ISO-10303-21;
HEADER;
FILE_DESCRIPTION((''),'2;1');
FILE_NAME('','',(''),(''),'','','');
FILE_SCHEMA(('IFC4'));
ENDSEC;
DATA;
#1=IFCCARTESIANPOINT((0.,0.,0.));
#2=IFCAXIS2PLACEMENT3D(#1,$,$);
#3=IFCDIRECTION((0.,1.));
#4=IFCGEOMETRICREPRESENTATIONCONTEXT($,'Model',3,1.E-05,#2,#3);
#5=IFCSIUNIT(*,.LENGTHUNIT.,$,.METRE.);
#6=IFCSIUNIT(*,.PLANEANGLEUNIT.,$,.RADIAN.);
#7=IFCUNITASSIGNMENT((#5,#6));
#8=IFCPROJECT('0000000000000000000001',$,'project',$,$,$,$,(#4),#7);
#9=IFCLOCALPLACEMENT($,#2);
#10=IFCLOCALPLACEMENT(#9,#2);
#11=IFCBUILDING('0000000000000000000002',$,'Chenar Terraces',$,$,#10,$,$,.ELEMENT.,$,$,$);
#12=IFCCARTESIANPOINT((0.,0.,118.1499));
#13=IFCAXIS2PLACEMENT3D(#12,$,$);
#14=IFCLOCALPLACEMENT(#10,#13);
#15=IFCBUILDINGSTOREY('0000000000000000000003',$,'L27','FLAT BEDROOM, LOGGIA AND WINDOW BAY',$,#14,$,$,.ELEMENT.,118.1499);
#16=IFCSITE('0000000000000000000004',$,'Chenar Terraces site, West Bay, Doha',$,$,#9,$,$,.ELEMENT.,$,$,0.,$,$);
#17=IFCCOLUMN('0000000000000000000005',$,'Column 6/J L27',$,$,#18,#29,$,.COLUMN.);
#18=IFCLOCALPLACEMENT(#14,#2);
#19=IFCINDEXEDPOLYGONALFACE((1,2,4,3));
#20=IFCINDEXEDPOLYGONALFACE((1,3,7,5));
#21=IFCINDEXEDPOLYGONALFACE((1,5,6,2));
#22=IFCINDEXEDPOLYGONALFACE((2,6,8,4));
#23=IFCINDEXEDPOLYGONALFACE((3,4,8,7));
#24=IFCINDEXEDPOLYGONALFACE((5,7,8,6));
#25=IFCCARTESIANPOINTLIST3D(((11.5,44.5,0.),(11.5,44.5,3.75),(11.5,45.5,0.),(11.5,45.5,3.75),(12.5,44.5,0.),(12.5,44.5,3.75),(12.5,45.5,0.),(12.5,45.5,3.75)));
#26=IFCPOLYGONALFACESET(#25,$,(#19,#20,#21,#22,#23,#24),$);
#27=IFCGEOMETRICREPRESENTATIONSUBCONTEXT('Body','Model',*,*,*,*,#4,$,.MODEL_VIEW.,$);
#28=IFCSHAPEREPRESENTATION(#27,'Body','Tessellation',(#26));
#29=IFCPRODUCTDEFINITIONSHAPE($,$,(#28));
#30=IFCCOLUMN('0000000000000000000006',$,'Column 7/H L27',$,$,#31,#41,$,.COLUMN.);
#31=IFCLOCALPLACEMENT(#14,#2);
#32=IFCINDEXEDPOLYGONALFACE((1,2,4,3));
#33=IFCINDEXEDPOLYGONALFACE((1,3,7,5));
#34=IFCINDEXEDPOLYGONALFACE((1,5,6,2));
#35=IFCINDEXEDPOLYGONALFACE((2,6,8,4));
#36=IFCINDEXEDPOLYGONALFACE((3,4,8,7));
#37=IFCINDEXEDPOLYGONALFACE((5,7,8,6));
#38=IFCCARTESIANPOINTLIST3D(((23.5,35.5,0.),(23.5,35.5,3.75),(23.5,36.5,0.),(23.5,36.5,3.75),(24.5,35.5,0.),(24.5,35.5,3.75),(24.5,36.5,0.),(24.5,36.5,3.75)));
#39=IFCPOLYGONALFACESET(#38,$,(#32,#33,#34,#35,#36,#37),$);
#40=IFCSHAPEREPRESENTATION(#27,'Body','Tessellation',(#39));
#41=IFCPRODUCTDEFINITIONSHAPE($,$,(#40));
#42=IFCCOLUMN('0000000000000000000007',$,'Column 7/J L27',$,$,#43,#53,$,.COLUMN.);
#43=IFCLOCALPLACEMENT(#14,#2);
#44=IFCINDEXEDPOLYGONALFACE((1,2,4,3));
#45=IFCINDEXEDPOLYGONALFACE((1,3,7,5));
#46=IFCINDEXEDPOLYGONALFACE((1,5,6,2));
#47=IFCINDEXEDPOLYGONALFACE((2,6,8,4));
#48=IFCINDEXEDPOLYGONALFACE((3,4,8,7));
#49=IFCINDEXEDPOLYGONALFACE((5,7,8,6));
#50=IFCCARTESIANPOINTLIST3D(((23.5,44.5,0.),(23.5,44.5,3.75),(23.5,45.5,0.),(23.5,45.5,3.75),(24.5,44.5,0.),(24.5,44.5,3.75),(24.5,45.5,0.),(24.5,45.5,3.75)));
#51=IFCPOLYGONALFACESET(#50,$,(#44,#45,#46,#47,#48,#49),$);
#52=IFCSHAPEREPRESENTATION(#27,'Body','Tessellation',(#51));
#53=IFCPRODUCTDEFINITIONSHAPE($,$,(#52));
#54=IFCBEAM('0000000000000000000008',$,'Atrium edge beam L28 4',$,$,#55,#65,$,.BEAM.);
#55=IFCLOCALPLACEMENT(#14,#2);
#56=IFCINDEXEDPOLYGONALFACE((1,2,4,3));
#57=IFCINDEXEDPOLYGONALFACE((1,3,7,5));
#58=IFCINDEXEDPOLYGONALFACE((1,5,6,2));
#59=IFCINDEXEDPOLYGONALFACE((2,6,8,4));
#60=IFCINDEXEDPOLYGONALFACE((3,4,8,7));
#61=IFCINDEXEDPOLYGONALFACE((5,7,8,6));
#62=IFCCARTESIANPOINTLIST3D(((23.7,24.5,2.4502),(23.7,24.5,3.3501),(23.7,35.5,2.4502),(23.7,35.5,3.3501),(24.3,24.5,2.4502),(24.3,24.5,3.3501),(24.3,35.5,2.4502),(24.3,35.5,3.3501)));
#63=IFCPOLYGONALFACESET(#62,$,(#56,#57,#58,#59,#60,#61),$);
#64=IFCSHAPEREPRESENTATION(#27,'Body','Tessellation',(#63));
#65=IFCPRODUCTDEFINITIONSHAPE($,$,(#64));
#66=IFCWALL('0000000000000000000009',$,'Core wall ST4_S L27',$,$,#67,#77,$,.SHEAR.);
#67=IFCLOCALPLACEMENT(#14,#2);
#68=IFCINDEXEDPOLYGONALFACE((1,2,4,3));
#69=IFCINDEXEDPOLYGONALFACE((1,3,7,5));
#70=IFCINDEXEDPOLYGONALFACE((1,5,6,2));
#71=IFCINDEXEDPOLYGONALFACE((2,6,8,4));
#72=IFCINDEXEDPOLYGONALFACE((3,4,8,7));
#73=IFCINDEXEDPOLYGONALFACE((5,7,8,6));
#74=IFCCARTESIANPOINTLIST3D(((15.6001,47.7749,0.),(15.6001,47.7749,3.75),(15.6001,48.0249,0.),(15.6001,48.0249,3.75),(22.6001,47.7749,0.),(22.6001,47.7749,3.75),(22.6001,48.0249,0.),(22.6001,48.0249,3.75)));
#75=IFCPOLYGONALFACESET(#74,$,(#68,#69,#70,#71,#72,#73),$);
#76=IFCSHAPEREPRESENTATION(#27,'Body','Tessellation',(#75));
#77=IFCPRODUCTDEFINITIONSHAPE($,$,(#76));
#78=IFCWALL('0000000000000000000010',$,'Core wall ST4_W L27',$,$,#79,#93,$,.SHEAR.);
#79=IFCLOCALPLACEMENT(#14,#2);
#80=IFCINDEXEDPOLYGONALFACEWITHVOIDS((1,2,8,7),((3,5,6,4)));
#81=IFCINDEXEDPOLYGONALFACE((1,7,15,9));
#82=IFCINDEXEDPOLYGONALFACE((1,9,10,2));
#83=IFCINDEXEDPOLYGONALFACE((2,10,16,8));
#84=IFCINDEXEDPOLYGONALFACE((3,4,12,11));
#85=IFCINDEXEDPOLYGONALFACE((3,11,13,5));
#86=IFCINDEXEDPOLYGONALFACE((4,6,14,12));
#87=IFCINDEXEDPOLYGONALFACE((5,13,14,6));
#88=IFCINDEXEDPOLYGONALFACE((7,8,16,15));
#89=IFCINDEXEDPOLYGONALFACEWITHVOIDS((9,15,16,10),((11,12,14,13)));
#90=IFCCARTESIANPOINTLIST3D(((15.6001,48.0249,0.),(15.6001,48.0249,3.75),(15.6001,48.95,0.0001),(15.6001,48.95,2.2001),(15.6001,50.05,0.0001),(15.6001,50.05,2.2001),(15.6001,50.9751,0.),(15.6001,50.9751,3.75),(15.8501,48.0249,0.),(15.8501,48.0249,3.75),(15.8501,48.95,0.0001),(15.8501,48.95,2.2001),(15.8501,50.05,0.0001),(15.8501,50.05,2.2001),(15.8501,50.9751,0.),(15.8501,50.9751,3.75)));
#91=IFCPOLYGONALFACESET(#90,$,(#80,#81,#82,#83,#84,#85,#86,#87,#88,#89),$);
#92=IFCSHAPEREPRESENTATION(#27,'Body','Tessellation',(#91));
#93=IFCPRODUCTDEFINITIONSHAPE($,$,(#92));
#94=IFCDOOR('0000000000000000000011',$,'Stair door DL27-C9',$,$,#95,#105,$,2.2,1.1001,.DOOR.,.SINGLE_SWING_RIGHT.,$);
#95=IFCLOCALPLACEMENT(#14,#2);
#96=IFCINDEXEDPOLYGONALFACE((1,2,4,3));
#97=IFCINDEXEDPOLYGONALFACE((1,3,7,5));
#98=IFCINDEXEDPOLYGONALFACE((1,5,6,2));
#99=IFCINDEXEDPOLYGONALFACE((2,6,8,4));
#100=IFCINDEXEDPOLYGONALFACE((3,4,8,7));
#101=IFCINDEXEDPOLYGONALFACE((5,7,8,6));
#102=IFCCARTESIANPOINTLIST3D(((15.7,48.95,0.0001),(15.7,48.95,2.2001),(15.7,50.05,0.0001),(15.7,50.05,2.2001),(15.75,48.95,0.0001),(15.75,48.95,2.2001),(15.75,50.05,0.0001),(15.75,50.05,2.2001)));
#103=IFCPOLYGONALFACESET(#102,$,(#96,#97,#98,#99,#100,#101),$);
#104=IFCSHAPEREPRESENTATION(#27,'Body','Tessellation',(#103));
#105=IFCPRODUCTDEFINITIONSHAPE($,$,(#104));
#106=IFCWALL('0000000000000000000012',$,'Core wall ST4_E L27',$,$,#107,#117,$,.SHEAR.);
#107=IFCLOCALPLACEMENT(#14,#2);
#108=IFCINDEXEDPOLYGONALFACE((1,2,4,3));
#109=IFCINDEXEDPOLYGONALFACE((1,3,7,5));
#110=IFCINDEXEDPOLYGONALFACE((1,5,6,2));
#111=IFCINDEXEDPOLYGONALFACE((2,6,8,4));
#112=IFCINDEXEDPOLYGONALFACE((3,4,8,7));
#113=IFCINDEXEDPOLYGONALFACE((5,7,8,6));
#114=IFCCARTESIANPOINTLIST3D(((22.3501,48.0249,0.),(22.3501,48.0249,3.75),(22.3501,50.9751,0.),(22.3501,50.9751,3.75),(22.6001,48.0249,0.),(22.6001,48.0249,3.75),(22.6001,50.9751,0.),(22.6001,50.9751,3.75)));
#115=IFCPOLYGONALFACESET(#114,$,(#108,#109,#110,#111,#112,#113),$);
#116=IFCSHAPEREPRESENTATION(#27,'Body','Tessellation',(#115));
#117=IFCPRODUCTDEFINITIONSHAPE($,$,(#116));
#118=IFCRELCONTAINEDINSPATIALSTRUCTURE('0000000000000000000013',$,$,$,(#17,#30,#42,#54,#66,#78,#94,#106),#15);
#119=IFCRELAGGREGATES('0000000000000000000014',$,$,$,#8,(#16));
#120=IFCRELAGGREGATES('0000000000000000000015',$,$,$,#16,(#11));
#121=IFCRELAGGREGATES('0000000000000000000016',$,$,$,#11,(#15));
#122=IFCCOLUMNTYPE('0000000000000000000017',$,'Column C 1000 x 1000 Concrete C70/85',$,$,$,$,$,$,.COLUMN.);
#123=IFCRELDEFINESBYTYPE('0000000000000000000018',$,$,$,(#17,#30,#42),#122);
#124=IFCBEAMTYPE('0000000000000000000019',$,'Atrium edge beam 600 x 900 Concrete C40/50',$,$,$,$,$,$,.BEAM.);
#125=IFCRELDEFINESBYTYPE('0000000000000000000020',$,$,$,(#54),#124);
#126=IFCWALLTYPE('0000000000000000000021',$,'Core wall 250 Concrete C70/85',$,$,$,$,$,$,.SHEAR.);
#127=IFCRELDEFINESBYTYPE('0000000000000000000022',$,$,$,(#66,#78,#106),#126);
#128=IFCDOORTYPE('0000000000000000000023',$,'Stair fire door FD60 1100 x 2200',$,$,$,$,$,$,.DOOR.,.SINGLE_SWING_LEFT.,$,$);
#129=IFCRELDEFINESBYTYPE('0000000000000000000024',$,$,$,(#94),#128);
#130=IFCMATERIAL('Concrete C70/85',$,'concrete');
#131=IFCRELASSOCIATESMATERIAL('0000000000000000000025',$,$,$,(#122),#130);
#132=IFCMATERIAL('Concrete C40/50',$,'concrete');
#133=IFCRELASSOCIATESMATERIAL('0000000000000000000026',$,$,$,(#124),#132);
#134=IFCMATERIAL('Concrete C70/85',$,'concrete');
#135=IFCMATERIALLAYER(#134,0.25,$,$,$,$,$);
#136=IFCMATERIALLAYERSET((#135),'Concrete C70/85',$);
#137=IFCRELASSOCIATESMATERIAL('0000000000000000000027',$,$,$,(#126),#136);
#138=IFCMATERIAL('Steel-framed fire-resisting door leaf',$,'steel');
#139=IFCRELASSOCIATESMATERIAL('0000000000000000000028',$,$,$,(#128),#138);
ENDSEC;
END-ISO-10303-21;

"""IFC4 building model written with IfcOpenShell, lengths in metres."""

from ifc_helpers import new_model, si_unit, direction, frame, frame_2d, origin, origin_2d, place, context, subcontext, project, spatial, rectangle, extrude, material, layer, layer_set, material_profile, profile_set, type_object, element, fill, save


model = new_model("IFC4")

# Units and contexts
model_context = context("Model", 3, precision=1e-05, world=origin(), true_north=direction((0.0, 1.0)))
body_context = subcontext(model_context, "Body", "Model", "MODEL_VIEW")
ifc_project = project(units=[si_unit("LENGTHUNIT", "METRE"), si_unit("PLANEANGLEUNIT", "RADIAN")], contexts=[model_context])

# Site, building, storey
site_placement = place(None, origin())
site = spatial("IfcSite", under=ifc_project, at=site_placement, Name="Chenar Terraces site, West Bay, Doha", CompositionType="ELEMENT", RefElevation=0.0)
building_placement = place(site_placement, origin())
building = spatial("IfcBuilding", under=site, at=building_placement, Name="Chenar Terraces", CompositionType="ELEMENT")
storey_placement = place(building_placement, frame((0.0, 0.0, 118.1499)))
storey = spatial("IfcBuildingStorey", under=building, at=storey_placement, Name="L27", Description="FLAT BEDROOM, LOGGIA AND WINDOW BAY", CompositionType="ELEMENT", Elevation=118.1499)

# Columns
ifc_material_1 = material(Name="Concrete C70/85", Category="concrete")
ifc_material_profile_1 = material_profile(ifc_material_1, rectangle(XDim=1.0, YDim=1.0, at=origin_2d()), Name="C 1000 x 1000")
ifc_profile_set_1 = profile_set([ifc_material_profile_1], Name="Concrete C70/85")
column_type = type_object("IfcColumnType", Name="Column C 1000 x 1000 Concrete C70/85", PredefinedType="COLUMN", material=ifc_profile_set_1)
for number, where, z_axis, x_axis, name in (
    (1, (12.0, 45.0, 0.0), (0.0, 0.0, 1.0), (1.0, 0.0, 0.0), "Column 6/J L27"),
    (2, (24.0, 36.0, 0.0), (0.0, 0.0, 1.0), (1.0, 0.0, 0.0), "Column 7/H L27"),
    (3, (24.0, 45.0, 0.0), (0.0, 0.0, 1.0), (1.0, 0.0, 0.0), "Column 7/J L27"),
):
    element("IfcColumn", number, at=place(storey_placement, frame(where, z_axis=z_axis, x_axis=x_axis)), inside=storey, type_object=column_type, Name=name, PredefinedType="COLUMN", context=body_context, shape_type="SweptSolid", body=[
        extrude(rectangle(XDim=1.0, YDim=1.0, at=origin_2d()), origin(), (0.0, 0.0, 1.0), 3.75),
    ])

# Beam
ifc_material_2 = material(Name="Concrete C40/50", Category="concrete")
ifc_material_profile_2 = material_profile(ifc_material_2, rectangle(XDim=0.6001, YDim=0.8999, at=origin_2d()), Name="RC 600 x 900")
ifc_profile_set_2 = profile_set([ifc_material_profile_2], Name="Concrete C40/50")
beam_type = type_object("IfcBeamType", Name="Atrium edge beam 600 x 900 Concrete C40/50", PredefinedType="BEAM", material=ifc_profile_set_2)
beam_placement = place(storey_placement, frame((24.0, 35.5, 2.9001), z_axis=(0.0, -1.0, 0.0), x_axis=(1.0, 0.0, 0.0)))
element("IfcBeam", 4, at=beam_placement, inside=storey, type_object=beam_type, Name="Atrium edge beam L28 4", PredefinedType="BEAM", context=body_context, shape_type="SweptSolid", body=[
    extrude(rectangle(XDim=0.6001, YDim=0.8999, at=origin_2d()), origin(), (0.0, 0.0, 1.0), 11.0),
])

# Wall
ifc_material_3 = material(Name="Concrete C70/85", Category="concrete")
ifc_layer_1 = layer(ifc_material_3, 0.25)
ifc_layer_set_1 = layer_set([ifc_layer_1], Name="Concrete C70/85")
wall_type_1 = type_object("IfcWallType", Name="Core wall 250 Concrete C70/85", PredefinedType="SHEAR", material=ifc_layer_set_1)
wall_1_placement = place(storey_placement, frame((15.6001, 47.8999, 0.0), z_axis=(0.0, 0.0, 1.0), x_axis=(1.0, 0.0, 0.0)))
element("IfcWall", 5, at=wall_1_placement, inside=storey, type_object=wall_type_1, Name="Core wall ST4_S L27", PredefinedType="SHEAR", context=body_context, shape_type="SweptSolid", body=[
    extrude(rectangle(XDim=7.0, YDim=0.25, at=frame_2d((3.5, 0.0))), origin(), (0.0, 0.0, 1.0), 3.75),
])

# Wall, opening, door
wall_2_placement = place(storey_placement, frame((15.7251, 48.0249, 0.0), z_axis=(0.0, 0.0, 1.0), x_axis=(0.0, 1.0, 0.0)))
wall_2 = element("IfcWall", 6, at=wall_2_placement, inside=storey, type_object=wall_type_1, Name="Core wall ST4_W L27", PredefinedType="SHEAR", context=body_context, shape_type="SweptSolid", body=[
    extrude(rectangle(XDim=2.9502, YDim=0.25, at=frame_2d((1.4751, 0.0))), origin(), (0.0, 0.0, 1.0), 3.75),
])
opening_1_placement = place(wall_2_placement, frame((0.925, 0.0, 0.0)))
opening_1 = element("IfcOpeningElement", 7, at=opening_1_placement, cuts=wall_2, PredefinedType="OPENING", context=body_context, shape_type="SweptSolid", body=[
    extrude(rectangle(XDim=1.1001, YDim=2.2, at=frame_2d((0.55, 1.1001))), frame((0.0, 0.135, 0.0), z_axis=(0.0, -1.0, 0.0), x_axis=(1.0, 0.0, 0.0)), (0.0, 0.0, 1.0), 0.27),
])
ifc_material_4 = material(Name="Steel-framed fire-resisting door leaf", Category="steel")
door_type_1 = type_object("IfcDoorType", Name="Stair fire door FD60 1100 x 2200", OperationType="SINGLE_SWING_LEFT", PredefinedType="DOOR", material=ifc_material_4)
door_1_placement = place(opening_1_placement, frame((1.1001, 0.0, 0.0), z_axis=(0.0, 0.0, 1.0), x_axis=(-1.0, 0.0, 0.0)))
door_1 = element("IfcDoor", 8, at=door_1_placement, inside=storey, type_object=door_type_1, Name="Stair door DL27-C9", OperationType="SINGLE_SWING_RIGHT", OverallHeight=2.2, OverallWidth=1.1001, PredefinedType="DOOR", context=body_context, shape_type="SweptSolid", body=[
    extrude(rectangle(XDim=1.1001, YDim=2.2, at=frame_2d((0.55, 1.1001))), frame((0.0, 0.0249, 0.0), z_axis=(0.0, -1.0, 0.0), x_axis=(1.0, 0.0, 0.0)), (0.0, 0.0, 1.0), 0.05),
])
fill(opening_1, door_1)

# Wall
wall_3_placement = place(storey_placement, frame((22.4751, 48.0249, 0.0), z_axis=(0.0, 0.0, 1.0), x_axis=(0.0, 1.0, 0.0)))
element("IfcWall", 9, at=wall_3_placement, inside=storey, type_object=wall_type_1, Name="Core wall ST4_E L27", PredefinedType="SHEAR", context=body_context, shape_type="SweptSolid", body=[
    extrude(rectangle(XDim=2.9502, YDim=0.25, at=frame_2d((1.4751, 0.0))), origin(), (0.0, 0.0, 1.0), 3.75),
])

save(model, "model.ifc")
